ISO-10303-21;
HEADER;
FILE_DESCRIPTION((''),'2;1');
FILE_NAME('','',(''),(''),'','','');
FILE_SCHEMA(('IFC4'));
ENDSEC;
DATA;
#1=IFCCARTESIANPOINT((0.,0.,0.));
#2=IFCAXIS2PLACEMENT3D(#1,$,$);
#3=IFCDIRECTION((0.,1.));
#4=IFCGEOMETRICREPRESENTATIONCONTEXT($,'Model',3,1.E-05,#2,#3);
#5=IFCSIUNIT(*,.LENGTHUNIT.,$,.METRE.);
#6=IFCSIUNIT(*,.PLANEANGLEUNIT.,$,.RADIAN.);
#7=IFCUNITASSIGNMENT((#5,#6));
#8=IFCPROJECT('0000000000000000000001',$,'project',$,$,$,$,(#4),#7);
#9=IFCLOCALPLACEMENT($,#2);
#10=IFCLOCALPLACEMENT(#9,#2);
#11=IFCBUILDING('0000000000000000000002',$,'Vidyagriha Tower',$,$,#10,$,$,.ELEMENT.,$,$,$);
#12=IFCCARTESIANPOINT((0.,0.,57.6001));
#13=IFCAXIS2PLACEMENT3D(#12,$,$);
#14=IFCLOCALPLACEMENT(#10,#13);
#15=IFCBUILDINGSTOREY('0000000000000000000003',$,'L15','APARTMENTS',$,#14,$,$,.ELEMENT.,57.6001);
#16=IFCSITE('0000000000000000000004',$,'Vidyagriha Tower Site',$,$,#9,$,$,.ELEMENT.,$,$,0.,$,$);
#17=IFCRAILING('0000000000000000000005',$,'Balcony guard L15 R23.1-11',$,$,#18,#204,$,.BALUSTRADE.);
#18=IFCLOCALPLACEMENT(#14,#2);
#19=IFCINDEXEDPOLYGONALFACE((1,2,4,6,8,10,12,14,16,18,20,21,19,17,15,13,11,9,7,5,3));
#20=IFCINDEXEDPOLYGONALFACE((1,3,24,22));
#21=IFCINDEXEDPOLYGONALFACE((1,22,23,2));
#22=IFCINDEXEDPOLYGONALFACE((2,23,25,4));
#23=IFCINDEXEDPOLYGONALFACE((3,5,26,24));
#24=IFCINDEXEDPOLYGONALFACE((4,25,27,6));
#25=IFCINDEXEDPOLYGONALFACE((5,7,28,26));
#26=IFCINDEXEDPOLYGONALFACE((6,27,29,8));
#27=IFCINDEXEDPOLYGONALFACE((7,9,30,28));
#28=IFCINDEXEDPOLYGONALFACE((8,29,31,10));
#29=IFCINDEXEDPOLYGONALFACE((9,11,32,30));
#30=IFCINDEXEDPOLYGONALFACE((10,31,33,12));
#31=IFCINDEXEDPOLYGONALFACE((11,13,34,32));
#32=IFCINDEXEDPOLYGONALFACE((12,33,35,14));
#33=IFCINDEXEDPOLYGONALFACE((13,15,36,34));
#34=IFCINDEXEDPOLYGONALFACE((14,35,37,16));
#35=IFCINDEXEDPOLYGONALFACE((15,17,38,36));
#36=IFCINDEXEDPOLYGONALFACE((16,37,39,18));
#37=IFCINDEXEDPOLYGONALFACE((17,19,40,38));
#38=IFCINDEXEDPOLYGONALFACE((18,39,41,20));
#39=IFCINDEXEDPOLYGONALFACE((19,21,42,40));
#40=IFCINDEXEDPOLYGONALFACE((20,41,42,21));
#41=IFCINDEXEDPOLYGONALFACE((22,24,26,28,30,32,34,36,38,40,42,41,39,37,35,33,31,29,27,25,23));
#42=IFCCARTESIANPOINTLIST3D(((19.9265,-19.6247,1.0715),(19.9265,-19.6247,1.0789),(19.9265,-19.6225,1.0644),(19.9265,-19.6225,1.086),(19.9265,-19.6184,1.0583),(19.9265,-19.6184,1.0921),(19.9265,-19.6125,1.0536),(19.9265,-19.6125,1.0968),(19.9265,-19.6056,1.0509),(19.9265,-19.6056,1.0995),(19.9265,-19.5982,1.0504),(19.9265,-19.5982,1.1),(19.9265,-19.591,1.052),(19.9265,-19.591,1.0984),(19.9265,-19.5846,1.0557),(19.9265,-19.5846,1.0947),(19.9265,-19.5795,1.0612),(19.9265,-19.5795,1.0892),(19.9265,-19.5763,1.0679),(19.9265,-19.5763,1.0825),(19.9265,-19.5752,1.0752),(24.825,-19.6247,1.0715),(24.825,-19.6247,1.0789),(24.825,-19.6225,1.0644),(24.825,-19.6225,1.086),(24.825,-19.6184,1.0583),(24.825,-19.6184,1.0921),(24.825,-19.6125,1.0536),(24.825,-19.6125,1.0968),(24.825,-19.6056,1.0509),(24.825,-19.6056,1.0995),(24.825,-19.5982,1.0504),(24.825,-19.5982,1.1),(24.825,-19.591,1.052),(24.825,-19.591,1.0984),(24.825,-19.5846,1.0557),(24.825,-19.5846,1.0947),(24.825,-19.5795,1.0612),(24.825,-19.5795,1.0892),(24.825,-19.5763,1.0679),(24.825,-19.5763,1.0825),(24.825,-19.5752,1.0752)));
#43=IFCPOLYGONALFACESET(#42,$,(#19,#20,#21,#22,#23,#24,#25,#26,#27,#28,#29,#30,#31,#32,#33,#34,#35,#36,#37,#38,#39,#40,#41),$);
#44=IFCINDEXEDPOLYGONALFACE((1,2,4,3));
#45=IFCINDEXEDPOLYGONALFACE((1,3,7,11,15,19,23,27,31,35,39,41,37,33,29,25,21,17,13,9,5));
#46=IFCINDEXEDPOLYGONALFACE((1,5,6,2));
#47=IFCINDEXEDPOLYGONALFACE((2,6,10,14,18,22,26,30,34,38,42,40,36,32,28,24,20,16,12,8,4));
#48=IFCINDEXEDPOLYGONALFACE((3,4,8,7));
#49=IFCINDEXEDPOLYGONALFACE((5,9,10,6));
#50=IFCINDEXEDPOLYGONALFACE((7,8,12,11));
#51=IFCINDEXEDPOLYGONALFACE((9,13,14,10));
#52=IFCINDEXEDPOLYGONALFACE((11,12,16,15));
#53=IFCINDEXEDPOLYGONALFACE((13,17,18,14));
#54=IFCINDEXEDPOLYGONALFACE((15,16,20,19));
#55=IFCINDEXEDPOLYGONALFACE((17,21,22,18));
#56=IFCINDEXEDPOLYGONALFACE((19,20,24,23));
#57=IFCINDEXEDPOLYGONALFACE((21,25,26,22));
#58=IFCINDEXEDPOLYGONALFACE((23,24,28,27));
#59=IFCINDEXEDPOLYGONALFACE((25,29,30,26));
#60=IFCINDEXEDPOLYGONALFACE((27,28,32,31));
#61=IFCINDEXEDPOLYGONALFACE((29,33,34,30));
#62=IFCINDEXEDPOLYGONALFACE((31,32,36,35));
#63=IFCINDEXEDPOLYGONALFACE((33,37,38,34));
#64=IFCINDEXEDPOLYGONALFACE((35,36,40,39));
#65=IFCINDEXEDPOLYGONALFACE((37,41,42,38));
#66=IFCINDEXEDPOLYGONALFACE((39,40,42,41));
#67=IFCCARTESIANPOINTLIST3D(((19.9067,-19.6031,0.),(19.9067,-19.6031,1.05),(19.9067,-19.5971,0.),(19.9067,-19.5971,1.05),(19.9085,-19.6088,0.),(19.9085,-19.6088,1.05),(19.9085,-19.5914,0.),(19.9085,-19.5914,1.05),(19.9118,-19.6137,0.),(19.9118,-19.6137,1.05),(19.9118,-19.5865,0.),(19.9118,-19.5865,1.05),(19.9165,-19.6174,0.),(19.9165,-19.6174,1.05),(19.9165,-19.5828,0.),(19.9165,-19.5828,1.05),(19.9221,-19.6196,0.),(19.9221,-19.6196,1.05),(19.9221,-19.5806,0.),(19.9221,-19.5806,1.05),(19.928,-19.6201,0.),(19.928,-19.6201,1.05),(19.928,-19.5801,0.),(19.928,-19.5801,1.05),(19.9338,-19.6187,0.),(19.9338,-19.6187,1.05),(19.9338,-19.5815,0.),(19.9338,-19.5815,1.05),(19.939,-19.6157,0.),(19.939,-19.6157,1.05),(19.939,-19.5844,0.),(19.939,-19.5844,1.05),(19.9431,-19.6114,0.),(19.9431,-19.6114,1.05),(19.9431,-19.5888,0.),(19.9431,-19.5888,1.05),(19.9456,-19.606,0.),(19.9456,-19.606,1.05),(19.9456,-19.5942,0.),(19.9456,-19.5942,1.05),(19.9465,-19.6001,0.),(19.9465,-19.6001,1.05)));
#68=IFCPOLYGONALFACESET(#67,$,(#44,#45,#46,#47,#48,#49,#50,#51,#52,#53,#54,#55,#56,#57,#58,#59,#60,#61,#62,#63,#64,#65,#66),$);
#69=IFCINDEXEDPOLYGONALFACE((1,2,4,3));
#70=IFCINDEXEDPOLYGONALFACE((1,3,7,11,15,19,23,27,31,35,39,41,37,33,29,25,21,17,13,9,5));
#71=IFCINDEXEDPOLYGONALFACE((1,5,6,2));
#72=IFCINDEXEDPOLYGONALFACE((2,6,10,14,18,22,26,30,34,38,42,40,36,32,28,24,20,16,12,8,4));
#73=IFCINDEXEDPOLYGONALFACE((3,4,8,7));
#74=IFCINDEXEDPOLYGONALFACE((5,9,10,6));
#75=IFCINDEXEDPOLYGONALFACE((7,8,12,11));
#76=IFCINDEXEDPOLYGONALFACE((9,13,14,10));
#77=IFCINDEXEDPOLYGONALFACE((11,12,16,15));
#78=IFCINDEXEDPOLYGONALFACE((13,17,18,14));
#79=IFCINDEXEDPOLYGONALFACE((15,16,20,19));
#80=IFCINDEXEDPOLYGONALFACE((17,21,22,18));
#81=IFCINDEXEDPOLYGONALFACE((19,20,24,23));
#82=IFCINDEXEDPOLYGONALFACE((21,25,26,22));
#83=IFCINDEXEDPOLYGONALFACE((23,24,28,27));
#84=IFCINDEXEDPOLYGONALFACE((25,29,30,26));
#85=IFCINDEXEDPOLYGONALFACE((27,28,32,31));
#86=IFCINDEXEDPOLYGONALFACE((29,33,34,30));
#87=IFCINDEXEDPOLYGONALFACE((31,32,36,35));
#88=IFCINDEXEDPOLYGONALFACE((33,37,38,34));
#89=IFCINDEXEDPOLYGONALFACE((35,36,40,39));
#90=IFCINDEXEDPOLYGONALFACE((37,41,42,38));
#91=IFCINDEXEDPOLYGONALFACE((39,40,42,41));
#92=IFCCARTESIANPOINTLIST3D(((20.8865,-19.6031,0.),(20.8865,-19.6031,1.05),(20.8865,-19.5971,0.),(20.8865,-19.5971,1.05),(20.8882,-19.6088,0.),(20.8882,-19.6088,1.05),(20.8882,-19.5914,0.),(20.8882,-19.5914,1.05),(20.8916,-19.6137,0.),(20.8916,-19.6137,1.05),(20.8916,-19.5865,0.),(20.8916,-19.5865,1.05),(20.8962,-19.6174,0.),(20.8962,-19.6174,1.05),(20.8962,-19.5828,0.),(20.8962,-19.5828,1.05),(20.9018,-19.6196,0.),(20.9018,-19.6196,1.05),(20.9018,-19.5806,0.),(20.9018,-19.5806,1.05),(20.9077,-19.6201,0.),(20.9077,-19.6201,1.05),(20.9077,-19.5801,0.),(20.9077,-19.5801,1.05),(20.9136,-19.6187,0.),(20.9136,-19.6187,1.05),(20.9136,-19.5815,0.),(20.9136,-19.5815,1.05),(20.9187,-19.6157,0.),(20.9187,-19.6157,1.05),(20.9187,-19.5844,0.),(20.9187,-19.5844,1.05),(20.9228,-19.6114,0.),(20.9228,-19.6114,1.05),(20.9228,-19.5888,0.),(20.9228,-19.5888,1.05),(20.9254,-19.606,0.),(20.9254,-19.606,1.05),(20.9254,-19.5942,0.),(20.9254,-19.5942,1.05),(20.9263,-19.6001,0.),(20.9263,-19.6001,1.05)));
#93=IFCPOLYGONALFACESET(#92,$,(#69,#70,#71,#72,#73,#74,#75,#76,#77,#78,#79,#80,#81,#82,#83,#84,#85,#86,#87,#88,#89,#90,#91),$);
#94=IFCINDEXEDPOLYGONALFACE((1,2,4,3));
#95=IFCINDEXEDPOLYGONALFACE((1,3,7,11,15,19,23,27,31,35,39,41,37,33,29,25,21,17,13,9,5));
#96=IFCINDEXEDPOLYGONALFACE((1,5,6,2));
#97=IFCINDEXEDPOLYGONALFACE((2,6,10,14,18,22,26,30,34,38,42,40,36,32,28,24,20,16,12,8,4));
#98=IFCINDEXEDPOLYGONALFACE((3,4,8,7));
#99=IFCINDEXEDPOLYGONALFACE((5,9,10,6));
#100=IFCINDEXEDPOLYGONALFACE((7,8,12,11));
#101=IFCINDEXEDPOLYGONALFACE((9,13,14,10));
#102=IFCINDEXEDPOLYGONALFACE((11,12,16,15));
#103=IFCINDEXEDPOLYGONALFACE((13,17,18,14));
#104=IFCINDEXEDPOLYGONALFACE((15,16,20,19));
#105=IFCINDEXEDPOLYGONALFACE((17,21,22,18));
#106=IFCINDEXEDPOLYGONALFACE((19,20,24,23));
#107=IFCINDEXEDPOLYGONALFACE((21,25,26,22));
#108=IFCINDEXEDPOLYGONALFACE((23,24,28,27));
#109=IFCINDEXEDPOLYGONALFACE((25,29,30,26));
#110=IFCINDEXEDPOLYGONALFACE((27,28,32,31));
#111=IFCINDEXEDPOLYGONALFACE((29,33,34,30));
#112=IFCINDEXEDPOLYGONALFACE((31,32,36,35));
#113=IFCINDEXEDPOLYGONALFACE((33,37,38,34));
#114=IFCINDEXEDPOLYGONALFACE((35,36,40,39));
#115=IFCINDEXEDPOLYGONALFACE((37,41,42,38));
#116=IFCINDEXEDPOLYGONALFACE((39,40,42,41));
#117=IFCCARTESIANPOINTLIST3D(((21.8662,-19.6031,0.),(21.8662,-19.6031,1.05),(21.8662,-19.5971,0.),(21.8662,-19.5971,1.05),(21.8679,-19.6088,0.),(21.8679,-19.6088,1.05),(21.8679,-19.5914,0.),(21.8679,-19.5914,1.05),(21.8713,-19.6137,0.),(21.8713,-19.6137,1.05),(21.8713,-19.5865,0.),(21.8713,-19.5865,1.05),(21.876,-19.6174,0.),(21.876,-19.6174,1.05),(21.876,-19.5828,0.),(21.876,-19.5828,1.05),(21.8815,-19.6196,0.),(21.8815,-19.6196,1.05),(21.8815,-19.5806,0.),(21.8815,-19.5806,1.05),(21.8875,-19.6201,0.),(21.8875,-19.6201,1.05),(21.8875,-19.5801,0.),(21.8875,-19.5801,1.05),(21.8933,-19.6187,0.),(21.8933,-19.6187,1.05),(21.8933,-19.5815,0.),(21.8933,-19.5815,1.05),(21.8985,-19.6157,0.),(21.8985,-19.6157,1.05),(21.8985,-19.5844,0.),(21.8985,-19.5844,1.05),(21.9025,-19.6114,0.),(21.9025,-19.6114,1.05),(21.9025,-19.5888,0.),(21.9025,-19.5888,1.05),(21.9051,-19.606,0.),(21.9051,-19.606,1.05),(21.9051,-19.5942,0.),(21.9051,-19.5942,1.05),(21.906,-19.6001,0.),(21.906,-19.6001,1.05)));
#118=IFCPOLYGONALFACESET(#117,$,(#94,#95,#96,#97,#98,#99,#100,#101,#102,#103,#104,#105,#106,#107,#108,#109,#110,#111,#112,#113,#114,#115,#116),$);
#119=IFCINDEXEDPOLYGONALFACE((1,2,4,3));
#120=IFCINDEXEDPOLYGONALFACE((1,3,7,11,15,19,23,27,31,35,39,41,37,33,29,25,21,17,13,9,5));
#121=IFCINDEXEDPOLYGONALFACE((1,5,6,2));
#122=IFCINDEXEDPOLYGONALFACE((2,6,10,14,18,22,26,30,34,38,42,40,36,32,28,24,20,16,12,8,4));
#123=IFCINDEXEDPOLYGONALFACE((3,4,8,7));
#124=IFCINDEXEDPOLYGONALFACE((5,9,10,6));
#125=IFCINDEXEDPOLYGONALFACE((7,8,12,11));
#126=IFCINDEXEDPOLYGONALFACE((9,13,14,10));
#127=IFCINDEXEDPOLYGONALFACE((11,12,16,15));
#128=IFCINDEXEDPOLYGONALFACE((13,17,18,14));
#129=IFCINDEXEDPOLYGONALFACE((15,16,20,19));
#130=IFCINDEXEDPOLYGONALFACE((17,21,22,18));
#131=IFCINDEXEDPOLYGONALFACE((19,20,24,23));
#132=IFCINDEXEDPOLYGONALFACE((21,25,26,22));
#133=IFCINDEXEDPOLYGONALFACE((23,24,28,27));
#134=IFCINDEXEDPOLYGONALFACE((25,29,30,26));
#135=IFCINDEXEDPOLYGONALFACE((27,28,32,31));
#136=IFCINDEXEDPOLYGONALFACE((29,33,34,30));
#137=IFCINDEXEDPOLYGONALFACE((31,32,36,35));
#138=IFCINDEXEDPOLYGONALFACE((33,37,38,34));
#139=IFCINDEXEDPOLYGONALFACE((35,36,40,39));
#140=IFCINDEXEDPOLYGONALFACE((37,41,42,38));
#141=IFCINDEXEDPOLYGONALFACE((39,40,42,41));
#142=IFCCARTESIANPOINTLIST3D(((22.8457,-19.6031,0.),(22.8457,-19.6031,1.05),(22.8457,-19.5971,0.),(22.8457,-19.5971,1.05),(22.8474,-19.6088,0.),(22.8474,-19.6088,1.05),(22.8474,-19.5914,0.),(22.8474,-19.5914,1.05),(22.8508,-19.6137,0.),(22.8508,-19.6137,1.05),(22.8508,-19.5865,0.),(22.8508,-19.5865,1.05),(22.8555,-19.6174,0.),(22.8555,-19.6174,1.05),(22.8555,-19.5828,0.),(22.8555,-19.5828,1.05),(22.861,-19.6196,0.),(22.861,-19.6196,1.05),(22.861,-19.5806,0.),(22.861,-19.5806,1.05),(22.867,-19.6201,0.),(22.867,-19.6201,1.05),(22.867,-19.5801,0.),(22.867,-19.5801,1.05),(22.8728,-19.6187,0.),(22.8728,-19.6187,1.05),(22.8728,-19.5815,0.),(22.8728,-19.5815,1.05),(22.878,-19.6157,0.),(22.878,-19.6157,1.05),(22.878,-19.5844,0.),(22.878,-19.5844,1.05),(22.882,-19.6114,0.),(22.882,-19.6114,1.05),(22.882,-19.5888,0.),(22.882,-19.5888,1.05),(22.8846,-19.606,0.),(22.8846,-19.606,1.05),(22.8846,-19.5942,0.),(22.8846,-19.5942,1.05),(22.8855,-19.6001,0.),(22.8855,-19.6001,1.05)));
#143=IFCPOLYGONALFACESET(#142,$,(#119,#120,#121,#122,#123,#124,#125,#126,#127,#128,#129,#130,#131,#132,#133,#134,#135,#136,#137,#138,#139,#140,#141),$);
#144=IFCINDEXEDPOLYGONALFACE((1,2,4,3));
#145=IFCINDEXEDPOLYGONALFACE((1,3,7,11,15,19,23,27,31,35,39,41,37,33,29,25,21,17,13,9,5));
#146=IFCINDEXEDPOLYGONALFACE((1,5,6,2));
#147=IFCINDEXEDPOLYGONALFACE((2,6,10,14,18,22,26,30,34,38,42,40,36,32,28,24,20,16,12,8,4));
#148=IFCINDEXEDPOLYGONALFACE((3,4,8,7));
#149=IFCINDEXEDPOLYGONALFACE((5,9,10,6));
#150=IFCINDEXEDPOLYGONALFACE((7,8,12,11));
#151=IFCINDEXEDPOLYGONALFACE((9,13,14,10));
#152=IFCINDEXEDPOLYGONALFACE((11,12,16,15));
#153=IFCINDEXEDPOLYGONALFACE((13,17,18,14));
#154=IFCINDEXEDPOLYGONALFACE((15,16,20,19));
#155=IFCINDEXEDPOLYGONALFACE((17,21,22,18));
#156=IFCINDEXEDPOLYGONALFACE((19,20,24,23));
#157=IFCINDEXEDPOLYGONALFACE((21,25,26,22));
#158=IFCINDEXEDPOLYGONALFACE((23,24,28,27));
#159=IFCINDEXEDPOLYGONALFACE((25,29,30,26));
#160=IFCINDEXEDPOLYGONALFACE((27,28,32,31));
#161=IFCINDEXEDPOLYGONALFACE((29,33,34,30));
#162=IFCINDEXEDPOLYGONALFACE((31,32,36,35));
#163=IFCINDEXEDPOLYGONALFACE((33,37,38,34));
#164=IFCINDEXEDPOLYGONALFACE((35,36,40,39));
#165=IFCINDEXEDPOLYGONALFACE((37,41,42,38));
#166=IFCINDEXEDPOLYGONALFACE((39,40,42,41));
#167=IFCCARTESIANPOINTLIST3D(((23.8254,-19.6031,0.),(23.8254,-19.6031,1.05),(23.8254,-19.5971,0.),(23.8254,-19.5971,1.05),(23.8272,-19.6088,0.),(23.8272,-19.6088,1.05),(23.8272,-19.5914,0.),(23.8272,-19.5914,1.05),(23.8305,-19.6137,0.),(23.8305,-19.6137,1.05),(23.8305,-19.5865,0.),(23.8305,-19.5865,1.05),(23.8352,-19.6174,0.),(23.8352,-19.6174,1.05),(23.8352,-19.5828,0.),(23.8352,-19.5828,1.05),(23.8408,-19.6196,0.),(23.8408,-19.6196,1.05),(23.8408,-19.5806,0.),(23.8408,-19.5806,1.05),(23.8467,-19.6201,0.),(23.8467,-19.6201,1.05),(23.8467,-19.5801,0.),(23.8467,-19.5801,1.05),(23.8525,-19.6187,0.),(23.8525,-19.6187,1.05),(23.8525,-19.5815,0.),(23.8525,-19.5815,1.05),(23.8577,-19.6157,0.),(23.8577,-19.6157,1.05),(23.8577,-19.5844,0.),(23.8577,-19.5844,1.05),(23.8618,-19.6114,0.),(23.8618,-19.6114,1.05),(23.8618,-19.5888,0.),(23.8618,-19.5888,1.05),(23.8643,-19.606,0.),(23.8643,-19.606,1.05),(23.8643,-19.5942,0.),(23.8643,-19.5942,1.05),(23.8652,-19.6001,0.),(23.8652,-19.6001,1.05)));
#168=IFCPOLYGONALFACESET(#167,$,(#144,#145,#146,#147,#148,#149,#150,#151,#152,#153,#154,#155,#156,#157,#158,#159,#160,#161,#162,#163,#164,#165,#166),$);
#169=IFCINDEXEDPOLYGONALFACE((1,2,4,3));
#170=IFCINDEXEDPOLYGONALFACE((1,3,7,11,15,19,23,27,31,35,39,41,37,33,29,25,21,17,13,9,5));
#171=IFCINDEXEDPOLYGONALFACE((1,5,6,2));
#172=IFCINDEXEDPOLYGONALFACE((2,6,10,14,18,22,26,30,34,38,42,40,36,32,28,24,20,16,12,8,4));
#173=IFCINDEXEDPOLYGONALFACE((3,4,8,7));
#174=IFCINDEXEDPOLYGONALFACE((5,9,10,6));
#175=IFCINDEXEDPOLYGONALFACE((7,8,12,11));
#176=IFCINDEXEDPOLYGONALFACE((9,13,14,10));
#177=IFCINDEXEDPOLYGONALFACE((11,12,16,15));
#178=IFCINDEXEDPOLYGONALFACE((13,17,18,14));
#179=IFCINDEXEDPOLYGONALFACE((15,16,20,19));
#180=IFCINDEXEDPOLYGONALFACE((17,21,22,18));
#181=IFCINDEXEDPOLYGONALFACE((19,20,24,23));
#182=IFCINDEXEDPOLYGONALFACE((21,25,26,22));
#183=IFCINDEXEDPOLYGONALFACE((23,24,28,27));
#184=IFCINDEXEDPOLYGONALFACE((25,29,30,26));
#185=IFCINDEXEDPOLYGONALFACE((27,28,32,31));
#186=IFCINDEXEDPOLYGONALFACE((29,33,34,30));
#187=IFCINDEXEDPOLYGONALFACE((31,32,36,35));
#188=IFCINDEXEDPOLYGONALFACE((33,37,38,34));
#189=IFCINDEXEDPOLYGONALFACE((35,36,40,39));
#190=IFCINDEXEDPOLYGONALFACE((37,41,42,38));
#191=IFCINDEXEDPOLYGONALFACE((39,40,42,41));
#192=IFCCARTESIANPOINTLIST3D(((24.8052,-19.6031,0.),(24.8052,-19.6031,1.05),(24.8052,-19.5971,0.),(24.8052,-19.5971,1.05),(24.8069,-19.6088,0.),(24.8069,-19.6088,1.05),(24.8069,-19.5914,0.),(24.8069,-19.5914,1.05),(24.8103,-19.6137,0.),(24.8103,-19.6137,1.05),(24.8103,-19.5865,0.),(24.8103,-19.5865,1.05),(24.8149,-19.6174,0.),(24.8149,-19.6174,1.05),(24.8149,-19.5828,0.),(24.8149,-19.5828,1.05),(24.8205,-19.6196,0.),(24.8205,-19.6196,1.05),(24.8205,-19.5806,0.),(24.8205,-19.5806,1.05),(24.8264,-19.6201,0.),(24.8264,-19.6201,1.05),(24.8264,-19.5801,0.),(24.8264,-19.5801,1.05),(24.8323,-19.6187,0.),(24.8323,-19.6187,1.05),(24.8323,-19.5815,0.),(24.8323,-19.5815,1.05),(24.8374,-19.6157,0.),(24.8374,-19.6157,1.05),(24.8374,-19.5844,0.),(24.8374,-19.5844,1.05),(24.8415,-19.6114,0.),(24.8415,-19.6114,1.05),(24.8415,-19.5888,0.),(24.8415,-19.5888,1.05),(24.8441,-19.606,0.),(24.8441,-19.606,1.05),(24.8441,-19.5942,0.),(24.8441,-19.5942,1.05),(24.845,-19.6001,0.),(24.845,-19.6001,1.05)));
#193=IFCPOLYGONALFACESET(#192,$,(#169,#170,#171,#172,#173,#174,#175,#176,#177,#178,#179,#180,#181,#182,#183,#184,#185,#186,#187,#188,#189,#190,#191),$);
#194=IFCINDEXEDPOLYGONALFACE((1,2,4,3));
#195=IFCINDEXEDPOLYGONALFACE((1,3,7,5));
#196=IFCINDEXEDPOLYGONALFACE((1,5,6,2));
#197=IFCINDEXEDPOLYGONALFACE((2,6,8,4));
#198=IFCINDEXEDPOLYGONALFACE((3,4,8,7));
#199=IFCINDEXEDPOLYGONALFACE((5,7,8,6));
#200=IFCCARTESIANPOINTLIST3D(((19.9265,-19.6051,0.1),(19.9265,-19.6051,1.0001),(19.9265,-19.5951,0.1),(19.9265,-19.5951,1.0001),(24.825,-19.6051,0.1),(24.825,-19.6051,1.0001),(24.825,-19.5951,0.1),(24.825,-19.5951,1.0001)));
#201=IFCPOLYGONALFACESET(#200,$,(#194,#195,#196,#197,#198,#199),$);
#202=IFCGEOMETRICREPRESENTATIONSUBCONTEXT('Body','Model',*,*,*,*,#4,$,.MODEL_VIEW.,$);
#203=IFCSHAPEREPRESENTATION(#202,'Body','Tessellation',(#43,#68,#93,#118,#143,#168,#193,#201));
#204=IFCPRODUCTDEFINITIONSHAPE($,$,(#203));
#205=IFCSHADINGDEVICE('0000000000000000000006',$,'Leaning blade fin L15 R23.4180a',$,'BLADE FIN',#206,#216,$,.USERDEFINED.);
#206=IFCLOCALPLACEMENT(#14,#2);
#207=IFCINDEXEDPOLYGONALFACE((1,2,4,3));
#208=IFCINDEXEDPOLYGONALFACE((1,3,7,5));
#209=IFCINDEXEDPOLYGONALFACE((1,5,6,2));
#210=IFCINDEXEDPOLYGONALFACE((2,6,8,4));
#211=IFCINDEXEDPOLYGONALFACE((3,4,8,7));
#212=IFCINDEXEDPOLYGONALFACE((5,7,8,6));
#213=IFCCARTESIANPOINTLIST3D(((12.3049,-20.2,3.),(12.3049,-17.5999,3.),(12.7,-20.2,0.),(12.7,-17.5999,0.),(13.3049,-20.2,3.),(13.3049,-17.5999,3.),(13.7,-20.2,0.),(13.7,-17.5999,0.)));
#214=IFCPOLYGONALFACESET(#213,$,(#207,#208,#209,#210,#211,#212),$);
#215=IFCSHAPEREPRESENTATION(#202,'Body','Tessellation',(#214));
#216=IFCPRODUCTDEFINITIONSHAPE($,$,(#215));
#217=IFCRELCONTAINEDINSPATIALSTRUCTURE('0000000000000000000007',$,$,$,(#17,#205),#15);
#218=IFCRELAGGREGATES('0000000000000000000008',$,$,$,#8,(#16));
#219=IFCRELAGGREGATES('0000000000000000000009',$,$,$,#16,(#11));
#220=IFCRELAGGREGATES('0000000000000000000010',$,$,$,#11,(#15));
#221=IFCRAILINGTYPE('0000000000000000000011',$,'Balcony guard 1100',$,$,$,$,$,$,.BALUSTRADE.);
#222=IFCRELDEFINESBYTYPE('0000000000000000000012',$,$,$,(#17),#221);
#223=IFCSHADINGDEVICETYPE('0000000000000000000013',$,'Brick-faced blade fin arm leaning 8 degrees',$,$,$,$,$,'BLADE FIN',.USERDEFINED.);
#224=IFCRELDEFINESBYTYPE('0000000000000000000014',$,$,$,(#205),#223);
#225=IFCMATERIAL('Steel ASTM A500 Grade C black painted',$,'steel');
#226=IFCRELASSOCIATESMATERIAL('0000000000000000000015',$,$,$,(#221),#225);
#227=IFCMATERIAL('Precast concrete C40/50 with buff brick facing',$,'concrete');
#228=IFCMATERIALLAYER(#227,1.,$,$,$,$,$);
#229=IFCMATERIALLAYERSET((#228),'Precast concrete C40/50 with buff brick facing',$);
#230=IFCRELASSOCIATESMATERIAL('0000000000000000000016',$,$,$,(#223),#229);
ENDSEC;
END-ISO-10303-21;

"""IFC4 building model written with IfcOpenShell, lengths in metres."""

from ifc_helpers import new_model, si_unit, direction, frame, origin, origin_2d, place, context, subcontext, project, spatial, polyline, rectangle, circle, outline, extrude, material, layer, layer_set, type_object, element, save


model = new_model("IFC4")

# Units and contexts
model_context = context("Model", 3, precision=1e-05, world=origin(), true_north=direction((0.0, 1.0)))
body_context = subcontext(model_context, "Body", "Model", "MODEL_VIEW")
ifc_project = project(units=[si_unit("LENGTHUNIT", "METRE"), si_unit("PLANEANGLEUNIT", "RADIAN")], contexts=[model_context])

# Site, building, storey
site_placement = place(None, origin())
site = spatial("IfcSite", under=ifc_project, at=site_placement, Name="Vidyagriha Tower Site", CompositionType="ELEMENT", RefElevation=0.0)
building_placement = place(site_placement, origin())
building = spatial("IfcBuilding", under=site, at=building_placement, Name="Vidyagriha Tower", CompositionType="ELEMENT")
storey_placement = place(building_placement, frame((0.0, 0.0, 57.6001)))
storey = spatial("IfcBuildingStorey", under=building, at=storey_placement, Name="L15", Description="APARTMENTS", CompositionType="ELEMENT", Elevation=57.6001)

# Railing
ifc_material_1 = material(Name="Steel ASTM A500 Grade C black painted", Category="steel")
railing_type = type_object("IfcRailingType", Name="Balcony guard 1100", PredefinedType="BALUSTRADE", material=ifc_material_1)
railing_1_placement = place(storey_placement, frame((19.9265, -19.6001, 0.0)))
element("IfcRailing", 1, at=railing_1_placement, inside=storey, type_object=railing_type, Name="Balcony guard L15 R23.1-11", PredefinedType="BALUSTRADE", context=body_context, shape_type="SweptSolid", body=[
    extrude(circle(Radius=0.0249, at=origin_2d()), frame((0.0, 0.0, 1.0752), z_axis=(1.0, 0.0, 0.0), x_axis=(0.0, 1.0, 0.0)), (0.0, 0.0, 1.0), 4.8984),
    extrude(circle(Radius=0.02, at=origin_2d()), origin(), (0.0, 0.0, 1.0), 1.05),
    extrude(circle(Radius=0.02, at=origin_2d()), frame((0.9797, 0.0, 0.0)), (0.0, 0.0, 1.0), 1.05),
    extrude(circle(Radius=0.02, at=origin_2d()), frame((1.9595, 0.0, 0.0)), (0.0, 0.0, 1.0), 1.05),
    extrude(circle(Radius=0.02, at=origin_2d()), frame((2.939, 0.0, 0.0)), (0.0, 0.0, 1.0), 1.05),
    extrude(circle(Radius=0.02, at=origin_2d()), frame((3.9187, 0.0, 0.0)), (0.0, 0.0, 1.0), 1.05),
    extrude(circle(Radius=0.02, at=origin_2d()), frame((4.8984, 0.0, 0.0)), (0.0, 0.0, 1.0), 1.05),
    extrude(rectangle(XDim=0.01, YDim=0.9001, at=origin_2d()), frame((0.0, 0.0, 0.55), z_axis=(1.0, 0.0, 0.0), x_axis=(0.0, 1.0, 0.0)), (0.0, 0.0, 1.0), 4.8984),
])

# Shading device
ifc_material_2 = material(Name="Precast concrete C40/50 with buff brick facing", Category="concrete")
ifc_layer_1 = layer(ifc_material_2, 1.0)
ifc_layer_set_1 = layer_set([ifc_layer_1], Name="Precast concrete C40/50 with buff brick facing")
shading_device_type_1 = type_object("IfcShadingDeviceType", Name="Brick-faced blade fin arm leaning 8 degrees", ElementType="BLADE FIN", PredefinedType="USERDEFINED", material=ifc_layer_set_1)
shading_device_1_placement = place(storey_placement, frame((12.3049, -18.8999, 0.0)))
element("IfcShadingDevice", 2, at=shading_device_1_placement, inside=storey, type_object=shading_device_type_1, Name="Leaning blade fin L15 R23.4180a", ObjectType="BLADE FIN", PredefinedType="USERDEFINED", context=body_context, shape_type="SweptSolid", body=[
    extrude(outline(polyline([(0.395, 0.0), (1.395, 0.0), (1.0, 3.0), (0.0, 3.0), (0.395, 0.0)])), frame((0.0, 1.3, 0.0), z_axis=(0.0, -1.0, 0.0), x_axis=(1.0, 0.0, 0.0)), (0.0, 0.0, 1.0), 2.6001),
])

save(model, "model.ifc")
